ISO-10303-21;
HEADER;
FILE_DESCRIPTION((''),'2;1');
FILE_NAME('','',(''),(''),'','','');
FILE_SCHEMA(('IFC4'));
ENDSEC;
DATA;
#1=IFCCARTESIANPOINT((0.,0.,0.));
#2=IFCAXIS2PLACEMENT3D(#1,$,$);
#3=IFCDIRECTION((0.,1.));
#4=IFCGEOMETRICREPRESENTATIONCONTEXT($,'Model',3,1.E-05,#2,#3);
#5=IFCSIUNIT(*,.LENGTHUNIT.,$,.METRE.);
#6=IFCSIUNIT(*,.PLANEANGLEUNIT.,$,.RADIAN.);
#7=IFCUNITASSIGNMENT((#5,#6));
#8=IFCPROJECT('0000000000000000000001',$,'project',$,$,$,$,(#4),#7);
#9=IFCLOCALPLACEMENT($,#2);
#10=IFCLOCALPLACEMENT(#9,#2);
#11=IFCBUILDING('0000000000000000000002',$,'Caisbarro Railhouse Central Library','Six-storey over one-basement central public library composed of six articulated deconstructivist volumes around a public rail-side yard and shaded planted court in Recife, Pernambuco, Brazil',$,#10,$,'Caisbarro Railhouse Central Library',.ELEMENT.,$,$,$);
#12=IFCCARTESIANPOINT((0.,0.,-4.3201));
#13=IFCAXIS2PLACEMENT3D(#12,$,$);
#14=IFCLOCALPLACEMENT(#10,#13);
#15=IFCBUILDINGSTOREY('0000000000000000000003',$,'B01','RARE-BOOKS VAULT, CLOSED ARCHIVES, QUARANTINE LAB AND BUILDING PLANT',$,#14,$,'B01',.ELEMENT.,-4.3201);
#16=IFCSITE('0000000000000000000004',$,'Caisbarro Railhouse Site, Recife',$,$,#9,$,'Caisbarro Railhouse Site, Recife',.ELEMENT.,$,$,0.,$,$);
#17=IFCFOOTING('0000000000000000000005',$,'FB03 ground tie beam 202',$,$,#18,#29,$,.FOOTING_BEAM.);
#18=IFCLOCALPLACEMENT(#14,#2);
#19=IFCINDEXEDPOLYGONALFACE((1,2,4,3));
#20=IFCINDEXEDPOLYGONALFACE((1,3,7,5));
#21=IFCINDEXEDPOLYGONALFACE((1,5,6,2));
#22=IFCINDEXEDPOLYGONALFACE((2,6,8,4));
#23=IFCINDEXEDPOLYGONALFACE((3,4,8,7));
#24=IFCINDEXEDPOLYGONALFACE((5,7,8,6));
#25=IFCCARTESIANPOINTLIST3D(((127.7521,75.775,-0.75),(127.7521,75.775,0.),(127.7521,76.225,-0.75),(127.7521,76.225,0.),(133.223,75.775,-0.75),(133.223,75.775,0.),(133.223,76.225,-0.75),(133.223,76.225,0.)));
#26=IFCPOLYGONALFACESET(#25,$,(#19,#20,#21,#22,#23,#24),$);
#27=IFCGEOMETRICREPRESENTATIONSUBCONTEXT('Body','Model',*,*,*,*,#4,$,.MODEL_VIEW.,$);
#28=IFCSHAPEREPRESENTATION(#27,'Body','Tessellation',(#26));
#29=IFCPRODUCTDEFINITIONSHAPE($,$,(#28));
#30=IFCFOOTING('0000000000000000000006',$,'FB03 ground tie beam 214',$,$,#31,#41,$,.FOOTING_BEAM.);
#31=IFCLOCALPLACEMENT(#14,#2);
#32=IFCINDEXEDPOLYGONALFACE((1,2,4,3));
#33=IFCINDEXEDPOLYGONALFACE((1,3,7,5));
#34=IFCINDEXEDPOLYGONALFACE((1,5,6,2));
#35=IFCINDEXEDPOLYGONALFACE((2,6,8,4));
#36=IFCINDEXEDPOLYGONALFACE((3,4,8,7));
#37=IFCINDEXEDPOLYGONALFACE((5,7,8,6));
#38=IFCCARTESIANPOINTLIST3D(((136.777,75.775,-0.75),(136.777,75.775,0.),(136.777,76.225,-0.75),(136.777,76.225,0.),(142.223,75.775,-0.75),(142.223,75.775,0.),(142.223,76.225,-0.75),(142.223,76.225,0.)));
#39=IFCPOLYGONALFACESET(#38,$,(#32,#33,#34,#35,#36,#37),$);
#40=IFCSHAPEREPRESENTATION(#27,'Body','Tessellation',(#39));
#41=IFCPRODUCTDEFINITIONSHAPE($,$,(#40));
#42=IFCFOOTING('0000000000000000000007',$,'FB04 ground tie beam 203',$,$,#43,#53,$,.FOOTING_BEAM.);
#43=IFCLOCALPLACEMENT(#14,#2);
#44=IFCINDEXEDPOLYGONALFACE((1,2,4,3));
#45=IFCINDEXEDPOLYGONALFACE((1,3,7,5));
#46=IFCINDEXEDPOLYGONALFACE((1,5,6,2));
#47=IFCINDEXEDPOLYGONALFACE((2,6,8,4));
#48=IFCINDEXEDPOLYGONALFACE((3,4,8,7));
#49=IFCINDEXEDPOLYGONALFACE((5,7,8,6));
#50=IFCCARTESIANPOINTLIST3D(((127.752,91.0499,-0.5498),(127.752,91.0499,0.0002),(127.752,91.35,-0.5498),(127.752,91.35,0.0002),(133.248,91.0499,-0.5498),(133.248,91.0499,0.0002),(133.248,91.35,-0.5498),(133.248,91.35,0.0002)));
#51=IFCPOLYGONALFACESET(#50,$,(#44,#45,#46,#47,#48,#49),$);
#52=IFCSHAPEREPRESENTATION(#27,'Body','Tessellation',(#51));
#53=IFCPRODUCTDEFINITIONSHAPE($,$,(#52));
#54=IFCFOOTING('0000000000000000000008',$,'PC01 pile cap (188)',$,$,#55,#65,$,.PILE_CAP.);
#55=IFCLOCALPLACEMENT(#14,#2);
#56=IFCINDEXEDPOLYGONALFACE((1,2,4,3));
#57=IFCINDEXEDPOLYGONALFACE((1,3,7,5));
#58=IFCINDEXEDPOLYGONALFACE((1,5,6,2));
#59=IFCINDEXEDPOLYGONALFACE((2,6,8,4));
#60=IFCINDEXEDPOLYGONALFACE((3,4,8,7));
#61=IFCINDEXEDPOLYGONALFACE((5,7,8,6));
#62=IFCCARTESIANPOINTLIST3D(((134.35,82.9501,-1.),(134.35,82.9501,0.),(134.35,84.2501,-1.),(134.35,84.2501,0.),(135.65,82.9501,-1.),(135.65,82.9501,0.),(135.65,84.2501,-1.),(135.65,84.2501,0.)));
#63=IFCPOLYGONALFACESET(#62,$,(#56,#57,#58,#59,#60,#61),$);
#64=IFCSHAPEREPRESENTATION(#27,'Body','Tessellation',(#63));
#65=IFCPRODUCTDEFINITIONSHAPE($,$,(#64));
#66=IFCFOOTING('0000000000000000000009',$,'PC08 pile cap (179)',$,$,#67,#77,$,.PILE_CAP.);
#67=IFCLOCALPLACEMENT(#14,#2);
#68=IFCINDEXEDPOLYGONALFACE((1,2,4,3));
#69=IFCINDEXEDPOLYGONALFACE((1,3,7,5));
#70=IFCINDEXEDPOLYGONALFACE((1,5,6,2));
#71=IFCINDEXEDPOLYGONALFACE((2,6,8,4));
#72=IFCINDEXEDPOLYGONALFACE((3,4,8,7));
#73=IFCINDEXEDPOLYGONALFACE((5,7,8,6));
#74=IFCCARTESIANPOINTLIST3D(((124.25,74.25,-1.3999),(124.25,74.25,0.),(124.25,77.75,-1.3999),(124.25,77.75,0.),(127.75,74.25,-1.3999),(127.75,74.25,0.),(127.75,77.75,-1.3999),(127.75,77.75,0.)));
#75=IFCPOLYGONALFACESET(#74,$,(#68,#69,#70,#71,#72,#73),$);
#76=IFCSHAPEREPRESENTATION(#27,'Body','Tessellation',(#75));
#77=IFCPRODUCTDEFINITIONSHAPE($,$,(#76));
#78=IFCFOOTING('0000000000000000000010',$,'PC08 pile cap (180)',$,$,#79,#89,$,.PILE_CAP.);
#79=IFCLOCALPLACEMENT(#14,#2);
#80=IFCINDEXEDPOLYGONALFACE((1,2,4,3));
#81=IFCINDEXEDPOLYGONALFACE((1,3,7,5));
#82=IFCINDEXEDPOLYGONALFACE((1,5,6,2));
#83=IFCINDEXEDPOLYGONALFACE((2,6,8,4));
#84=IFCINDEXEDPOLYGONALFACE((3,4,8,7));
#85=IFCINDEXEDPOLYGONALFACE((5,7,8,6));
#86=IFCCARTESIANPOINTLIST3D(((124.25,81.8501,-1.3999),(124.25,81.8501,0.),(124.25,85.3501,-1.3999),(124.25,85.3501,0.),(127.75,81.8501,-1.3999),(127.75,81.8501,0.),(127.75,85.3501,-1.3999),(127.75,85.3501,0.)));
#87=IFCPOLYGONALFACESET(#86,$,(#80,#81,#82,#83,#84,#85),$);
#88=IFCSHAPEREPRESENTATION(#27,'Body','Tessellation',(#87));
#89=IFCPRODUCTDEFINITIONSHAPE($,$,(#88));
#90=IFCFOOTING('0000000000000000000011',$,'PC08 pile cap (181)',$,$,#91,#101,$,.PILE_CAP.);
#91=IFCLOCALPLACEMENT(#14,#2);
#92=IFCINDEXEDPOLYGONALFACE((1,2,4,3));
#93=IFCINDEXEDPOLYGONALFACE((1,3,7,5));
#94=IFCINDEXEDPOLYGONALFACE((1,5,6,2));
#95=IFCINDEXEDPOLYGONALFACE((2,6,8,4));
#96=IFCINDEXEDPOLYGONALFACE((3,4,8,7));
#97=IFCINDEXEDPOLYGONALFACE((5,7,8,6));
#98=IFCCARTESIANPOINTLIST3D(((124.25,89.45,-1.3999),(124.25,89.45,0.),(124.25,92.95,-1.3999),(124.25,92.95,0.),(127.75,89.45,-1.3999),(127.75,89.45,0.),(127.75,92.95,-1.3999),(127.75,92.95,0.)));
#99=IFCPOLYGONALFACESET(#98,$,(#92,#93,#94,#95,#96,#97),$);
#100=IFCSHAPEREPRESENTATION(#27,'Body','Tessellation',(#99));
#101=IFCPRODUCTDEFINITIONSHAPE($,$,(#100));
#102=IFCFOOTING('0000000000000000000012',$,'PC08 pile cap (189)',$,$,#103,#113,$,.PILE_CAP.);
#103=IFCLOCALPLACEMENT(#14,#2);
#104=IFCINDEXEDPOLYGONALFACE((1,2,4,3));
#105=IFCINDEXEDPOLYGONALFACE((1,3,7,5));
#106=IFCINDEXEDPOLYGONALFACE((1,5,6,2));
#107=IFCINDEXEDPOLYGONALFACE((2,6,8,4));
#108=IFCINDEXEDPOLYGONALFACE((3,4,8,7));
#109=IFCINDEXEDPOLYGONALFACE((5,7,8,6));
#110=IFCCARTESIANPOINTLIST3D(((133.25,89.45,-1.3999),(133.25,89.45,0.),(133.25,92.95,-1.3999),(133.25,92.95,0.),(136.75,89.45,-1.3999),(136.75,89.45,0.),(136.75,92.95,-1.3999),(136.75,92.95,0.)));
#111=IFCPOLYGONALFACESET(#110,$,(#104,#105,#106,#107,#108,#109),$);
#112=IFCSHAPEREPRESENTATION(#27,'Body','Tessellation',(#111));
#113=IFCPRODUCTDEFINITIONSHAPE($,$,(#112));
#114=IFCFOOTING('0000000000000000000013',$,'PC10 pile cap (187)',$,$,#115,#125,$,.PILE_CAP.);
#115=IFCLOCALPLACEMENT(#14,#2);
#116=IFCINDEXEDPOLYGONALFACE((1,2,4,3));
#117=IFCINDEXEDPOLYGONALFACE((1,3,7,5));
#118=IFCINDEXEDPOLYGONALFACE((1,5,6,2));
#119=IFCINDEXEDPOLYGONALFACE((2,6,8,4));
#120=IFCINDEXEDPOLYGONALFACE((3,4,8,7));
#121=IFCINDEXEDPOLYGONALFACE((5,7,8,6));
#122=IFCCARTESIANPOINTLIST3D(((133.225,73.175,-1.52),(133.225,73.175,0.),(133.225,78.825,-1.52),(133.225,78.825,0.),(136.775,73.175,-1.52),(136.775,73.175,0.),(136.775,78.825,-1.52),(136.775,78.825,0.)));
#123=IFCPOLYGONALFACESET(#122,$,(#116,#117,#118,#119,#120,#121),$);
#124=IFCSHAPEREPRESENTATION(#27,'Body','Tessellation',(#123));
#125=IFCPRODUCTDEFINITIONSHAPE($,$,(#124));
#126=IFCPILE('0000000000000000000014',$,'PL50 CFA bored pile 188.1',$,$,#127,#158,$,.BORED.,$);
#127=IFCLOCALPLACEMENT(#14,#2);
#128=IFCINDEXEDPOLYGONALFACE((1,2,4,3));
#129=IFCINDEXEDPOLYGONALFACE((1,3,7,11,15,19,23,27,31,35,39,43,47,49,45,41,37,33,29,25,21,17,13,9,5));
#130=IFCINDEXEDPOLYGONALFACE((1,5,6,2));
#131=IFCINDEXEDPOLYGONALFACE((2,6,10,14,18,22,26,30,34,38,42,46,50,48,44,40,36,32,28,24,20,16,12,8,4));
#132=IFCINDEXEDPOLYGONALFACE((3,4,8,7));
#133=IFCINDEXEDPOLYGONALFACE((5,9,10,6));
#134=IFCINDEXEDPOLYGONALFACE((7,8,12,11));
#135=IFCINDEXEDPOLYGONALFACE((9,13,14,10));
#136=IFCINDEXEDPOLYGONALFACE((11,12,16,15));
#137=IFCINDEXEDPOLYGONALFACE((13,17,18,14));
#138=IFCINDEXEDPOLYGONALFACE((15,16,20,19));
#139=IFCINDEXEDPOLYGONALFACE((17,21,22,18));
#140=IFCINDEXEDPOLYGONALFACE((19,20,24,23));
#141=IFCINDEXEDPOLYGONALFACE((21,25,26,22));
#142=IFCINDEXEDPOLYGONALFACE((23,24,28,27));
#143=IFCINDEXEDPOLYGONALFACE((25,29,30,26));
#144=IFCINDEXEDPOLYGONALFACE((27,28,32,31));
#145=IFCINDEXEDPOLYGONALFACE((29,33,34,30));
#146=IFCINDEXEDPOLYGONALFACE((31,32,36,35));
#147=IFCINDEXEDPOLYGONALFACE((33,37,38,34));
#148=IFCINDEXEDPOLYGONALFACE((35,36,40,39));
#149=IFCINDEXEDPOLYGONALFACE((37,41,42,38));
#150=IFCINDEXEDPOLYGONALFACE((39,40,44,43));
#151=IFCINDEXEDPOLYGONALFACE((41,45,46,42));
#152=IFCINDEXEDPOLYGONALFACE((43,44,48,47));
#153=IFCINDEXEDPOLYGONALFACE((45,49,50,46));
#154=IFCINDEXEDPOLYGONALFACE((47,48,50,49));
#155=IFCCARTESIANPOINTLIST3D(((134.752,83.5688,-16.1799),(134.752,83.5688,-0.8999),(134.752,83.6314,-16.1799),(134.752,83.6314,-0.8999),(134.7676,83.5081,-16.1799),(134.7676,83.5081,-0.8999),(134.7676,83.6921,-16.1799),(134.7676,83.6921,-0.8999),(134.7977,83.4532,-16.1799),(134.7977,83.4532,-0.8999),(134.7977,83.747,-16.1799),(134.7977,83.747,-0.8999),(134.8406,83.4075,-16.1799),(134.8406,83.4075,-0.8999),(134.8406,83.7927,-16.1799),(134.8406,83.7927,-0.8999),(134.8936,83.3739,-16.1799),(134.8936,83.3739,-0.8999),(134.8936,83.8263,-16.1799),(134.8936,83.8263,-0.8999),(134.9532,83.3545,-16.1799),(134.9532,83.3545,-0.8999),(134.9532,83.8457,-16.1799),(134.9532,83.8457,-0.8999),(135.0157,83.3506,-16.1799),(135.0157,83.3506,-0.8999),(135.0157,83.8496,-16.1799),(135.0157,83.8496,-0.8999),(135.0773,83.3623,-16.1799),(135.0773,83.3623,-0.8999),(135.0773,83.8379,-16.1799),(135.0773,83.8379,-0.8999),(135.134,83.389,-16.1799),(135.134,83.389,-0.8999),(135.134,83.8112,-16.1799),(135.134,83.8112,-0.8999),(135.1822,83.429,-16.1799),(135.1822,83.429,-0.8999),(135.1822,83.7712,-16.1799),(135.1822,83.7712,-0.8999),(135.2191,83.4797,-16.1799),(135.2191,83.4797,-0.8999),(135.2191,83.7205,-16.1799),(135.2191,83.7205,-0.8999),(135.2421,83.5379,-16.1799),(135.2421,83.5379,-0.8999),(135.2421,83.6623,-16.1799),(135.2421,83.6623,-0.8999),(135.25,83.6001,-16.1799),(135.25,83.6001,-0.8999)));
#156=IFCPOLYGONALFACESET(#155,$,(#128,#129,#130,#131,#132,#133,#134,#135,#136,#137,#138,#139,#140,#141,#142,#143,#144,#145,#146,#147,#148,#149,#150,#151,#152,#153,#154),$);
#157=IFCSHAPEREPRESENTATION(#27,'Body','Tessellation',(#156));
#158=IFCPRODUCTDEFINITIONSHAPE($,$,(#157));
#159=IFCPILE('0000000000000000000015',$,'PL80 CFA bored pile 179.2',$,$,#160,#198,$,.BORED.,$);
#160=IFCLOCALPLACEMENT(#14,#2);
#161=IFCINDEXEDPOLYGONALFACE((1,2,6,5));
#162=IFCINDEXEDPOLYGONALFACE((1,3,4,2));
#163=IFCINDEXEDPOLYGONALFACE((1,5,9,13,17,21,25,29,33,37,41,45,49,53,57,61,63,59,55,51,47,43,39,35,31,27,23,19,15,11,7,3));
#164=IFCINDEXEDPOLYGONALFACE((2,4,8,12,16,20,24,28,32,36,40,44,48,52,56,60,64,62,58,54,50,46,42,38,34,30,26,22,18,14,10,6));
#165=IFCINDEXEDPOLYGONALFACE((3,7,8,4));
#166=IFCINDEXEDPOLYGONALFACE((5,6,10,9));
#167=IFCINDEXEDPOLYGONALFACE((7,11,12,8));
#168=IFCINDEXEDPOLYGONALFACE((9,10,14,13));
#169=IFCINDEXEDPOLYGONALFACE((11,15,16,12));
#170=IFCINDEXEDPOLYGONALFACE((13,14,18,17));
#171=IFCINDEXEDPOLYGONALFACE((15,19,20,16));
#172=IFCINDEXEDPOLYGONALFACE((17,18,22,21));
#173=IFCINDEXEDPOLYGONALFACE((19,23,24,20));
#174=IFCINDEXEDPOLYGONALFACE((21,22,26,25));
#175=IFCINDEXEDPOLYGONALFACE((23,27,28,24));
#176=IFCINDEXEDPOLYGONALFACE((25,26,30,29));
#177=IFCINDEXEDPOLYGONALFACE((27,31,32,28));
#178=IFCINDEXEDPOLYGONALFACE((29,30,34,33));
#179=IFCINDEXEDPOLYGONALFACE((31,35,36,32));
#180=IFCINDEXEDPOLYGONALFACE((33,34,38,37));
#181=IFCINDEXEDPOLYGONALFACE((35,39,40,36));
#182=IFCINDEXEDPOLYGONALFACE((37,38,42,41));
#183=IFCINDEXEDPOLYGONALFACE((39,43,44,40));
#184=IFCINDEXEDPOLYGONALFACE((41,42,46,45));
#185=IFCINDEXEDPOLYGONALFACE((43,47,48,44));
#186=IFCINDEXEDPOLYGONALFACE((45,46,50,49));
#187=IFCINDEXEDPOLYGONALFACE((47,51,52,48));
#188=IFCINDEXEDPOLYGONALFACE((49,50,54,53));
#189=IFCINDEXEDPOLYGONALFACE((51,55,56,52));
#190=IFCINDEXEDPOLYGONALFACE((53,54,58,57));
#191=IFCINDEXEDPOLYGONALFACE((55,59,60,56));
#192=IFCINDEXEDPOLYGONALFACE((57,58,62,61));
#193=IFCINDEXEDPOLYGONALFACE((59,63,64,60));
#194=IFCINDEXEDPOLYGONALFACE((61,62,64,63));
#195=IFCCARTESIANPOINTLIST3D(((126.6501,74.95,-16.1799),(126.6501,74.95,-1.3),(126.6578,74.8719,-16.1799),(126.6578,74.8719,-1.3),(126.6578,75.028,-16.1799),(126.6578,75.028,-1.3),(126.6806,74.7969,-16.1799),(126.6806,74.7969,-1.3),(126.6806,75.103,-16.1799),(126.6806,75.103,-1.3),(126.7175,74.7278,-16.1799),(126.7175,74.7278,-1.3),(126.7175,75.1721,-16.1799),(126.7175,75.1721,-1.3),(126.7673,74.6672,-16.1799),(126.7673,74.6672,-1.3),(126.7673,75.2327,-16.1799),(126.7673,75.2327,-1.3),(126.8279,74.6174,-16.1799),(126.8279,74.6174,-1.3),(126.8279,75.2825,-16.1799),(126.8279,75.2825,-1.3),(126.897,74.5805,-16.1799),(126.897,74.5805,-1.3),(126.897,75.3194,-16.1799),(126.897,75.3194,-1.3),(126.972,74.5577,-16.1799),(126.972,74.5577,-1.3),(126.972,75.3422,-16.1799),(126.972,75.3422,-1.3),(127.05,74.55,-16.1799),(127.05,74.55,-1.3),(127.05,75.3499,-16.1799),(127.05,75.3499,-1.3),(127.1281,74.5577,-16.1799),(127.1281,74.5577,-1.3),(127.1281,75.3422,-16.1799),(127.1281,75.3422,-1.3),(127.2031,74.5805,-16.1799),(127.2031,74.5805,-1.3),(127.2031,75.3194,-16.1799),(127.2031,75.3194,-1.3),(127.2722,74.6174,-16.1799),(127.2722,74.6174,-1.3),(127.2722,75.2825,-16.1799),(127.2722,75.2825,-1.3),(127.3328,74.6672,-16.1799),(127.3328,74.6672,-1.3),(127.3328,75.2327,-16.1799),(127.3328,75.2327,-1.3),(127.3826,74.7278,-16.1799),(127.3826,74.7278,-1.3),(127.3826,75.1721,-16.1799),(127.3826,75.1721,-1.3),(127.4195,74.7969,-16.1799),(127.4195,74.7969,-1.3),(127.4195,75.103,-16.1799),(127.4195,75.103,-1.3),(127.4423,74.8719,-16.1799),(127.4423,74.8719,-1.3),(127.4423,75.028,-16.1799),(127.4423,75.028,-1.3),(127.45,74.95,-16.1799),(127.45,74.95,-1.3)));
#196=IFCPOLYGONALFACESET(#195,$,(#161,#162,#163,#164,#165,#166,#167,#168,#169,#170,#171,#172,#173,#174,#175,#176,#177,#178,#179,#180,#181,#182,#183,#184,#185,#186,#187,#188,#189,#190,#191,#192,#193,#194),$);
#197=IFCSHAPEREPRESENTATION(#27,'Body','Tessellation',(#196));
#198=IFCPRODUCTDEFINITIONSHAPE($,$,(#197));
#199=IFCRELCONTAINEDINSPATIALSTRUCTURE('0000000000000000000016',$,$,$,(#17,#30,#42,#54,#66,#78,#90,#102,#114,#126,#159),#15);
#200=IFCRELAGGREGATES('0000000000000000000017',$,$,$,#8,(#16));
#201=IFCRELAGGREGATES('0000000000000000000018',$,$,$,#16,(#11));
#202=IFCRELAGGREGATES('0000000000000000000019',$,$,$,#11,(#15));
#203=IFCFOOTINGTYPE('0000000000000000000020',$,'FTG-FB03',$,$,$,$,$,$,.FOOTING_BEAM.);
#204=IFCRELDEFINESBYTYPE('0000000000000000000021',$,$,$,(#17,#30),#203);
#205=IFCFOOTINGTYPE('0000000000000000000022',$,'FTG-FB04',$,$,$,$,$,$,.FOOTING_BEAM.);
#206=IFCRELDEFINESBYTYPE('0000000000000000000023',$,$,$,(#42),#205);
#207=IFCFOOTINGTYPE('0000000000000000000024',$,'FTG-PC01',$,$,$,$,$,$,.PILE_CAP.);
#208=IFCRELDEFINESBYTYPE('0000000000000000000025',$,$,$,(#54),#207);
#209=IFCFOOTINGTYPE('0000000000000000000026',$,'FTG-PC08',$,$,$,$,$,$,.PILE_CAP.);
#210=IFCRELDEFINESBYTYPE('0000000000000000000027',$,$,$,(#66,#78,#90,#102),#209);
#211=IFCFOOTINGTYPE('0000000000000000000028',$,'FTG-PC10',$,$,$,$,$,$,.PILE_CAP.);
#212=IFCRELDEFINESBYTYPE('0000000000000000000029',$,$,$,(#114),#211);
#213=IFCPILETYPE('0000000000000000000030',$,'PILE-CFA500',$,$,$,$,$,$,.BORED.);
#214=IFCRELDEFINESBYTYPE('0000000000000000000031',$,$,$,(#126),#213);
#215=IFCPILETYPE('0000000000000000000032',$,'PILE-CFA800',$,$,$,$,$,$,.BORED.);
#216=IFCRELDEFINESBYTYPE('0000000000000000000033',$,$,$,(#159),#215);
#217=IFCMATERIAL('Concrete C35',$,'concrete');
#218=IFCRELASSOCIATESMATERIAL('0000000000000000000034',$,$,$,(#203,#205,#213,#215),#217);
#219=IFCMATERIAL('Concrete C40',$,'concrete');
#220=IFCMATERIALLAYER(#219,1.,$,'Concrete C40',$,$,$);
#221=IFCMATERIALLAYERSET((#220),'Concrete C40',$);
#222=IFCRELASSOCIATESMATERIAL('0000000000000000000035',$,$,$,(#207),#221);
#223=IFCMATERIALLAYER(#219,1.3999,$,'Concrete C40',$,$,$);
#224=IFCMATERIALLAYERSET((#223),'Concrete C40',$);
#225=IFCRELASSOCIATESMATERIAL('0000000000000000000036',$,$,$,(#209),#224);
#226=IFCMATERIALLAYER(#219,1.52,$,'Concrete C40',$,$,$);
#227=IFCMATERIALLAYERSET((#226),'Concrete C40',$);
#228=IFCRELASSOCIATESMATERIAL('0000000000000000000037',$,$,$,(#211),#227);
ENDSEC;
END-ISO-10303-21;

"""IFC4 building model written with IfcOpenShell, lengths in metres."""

from ifc_helpers import new_model, si_unit, direction, frame, origin, origin_2d, place, context, subcontext, project, spatial, rectangle, circle, extrude, material, layer, layer_set, material_profile, profile_set, type_object, element, save


model = new_model("IFC4")

# Units and contexts
model_context = context("Model", 3, precision=1e-05, world=origin(), true_north=direction((0.0, 1.0)))
body_context = subcontext(model_context, "Body", "Model", "MODEL_VIEW")
ifc_project = project(units=[si_unit("LENGTHUNIT", "METRE"), si_unit("PLANEANGLEUNIT", "RADIAN")], contexts=[model_context])

# Site, building, storey
site_placement = place(None, origin())
site = spatial("IfcSite", under=ifc_project, at=site_placement, Name="Caisbarro Railhouse Site, Recife", LongName="Caisbarro Railhouse Site, Recife", CompositionType="ELEMENT", RefElevation=0.0)
building_placement = place(site_placement, origin())
building = spatial("IfcBuilding", under=site, at=building_placement, Name="Caisbarro Railhouse Central Library", Description="Six-storey over one-basement central public library composed of six articulated deconstructivist volumes around a public rail-side yard and shaded planted court in Recife, Pernambuco, Brazil", LongName="Caisbarro Railhouse Central Library", CompositionType="ELEMENT")
storey_placement = place(building_placement, frame((0.0, 0.0, -4.3201)))
storey = spatial("IfcBuildingStorey", under=building, at=storey_placement, Name="B01", Description="RARE-BOOKS VAULT, CLOSED ARCHIVES, QUARANTINE LAB AND BUILDING PLANT", LongName="B01", CompositionType="ELEMENT", Elevation=-4.3201)

# Footings
ifc_material_1 = material(Name="Concrete C35", Category="concrete")
footing_type_1 = type_object("IfcFootingType", Name="FTG-FB03", PredefinedType="FOOTING_BEAM", material=ifc_material_1)
footing_1_placement = place(storey_placement, frame((130.4875, 76.0, -0.75), z_axis=(0.0, 0.0, 1.0), x_axis=(1.0, 0.0, 0.0)))
element("IfcFooting", 1, at=footing_1_placement, inside=storey, type_object=footing_type_1, Name="FB03 ground tie beam 202", PredefinedType="FOOTING_BEAM", context=body_context, shape_type="SweptSolid", body=[
    extrude(rectangle(XDim=5.4709, YDim=0.45, at=origin_2d()), origin(), (0.0, 0.0, 1.0), 0.75),
])
footing_2_placement = place(storey_placement, frame((139.5, 76.0, -0.75), z_axis=(0.0, 0.0, 1.0), x_axis=(1.0, 0.0, 0.0)))
element("IfcFooting", 2, at=footing_2_placement, inside=storey, type_object=footing_type_1, Name="FB03 ground tie beam 214", PredefinedType="FOOTING_BEAM", context=body_context, shape_type="SweptSolid", body=[
    extrude(rectangle(XDim=5.446, YDim=0.45, at=origin_2d()), origin(), (0.0, 0.0, 1.0), 0.75),
])
footing_type_2 = type_object("IfcFootingType", Name="FTG-FB04", PredefinedType="FOOTING_BEAM", material=ifc_material_1)
footing_3_placement = place(storey_placement, frame((130.5, 91.2, -0.5498), z_axis=(0.0, 0.0, 1.0), x_axis=(1.0, 0.0, 0.0)))
element("IfcFooting", 3, at=footing_3_placement, inside=storey, type_object=footing_type_2, Name="FB04 ground tie beam 203", PredefinedType="FOOTING_BEAM", context=body_context, shape_type="SweptSolid", body=[
    extrude(rectangle(XDim=5.4961, YDim=0.3, at=origin_2d()), origin(), (0.0, 0.0, 1.0), 0.55),
])
ifc_material_2 = material(Name="Concrete C40", Category="concrete")
ifc_layer_1 = layer(ifc_material_2, 1.0, Name="Concrete C40")
ifc_layer_set_1 = layer_set([ifc_layer_1], Name="Concrete C40")
footing_type_3 = type_object("IfcFootingType", Name="FTG-PC01", PredefinedType="PILE_CAP", material=ifc_layer_set_1)
footing_4_placement = place(storey_placement, frame((135.0, 83.6001, -1.0), z_axis=(0.0, 0.0, 1.0), x_axis=(1.0, 0.0, 0.0)))
element("IfcFooting", 4, at=footing_4_placement, inside=storey, type_object=footing_type_3, Name="PC01 pile cap (188)", PredefinedType="PILE_CAP", context=body_context, shape_type="SweptSolid", body=[
    extrude(rectangle(XDim=1.3, YDim=1.3, at=origin_2d()), origin(), (0.0, 0.0, 1.0), 1.0),
])
ifc_layer_2 = layer(ifc_material_2, 1.3999, Name="Concrete C40")
ifc_layer_set_2 = layer_set([ifc_layer_2], Name="Concrete C40")
footing_type_4 = type_object("IfcFootingType", Name="FTG-PC08", PredefinedType="PILE_CAP", material=ifc_layer_set_2)
for number, where, z_axis, x_axis, name in (
    (5, (126.0, 76.0, -1.3999), (0.0, 0.0, 1.0), (1.0, 0.0, 0.0), "PC08 pile cap (179)"),
    (6, (126.0, 83.6001, -1.3999), (0.0, 0.0, 1.0), (1.0, 0.0, 0.0), "PC08 pile cap (180)"),
    (7, (126.0, 91.2, -1.3999), (0.0, 0.0, 1.0), (1.0, 0.0, 0.0), "PC08 pile cap (181)"),
    (8, (135.0, 91.2, -1.3999), (0.0, 0.0, 1.0), (1.0, 0.0, 0.0), "PC08 pile cap (189)"),
):
    element("IfcFooting", number, at=place(storey_placement, frame(where, z_axis=z_axis, x_axis=x_axis)), inside=storey, type_object=footing_type_4, Name=name, PredefinedType="PILE_CAP", context=body_context, shape_type="SweptSolid", body=[
        extrude(rectangle(XDim=3.5, YDim=3.5, at=origin_2d()), origin(), (0.0, 0.0, 1.0), 1.3999),
    ])
ifc_layer_3 = layer(ifc_material_2, 1.52, Name="Concrete C40")
ifc_layer_set_3 = layer_set([ifc_layer_3], Name="Concrete C40")
footing_type_5 = type_object("IfcFootingType", Name="FTG-PC10", PredefinedType="PILE_CAP", material=ifc_layer_set_3)
footing_5_placement = place(storey_placement, frame((135.0, 76.0, -1.52), z_axis=(0.0, 0.0, 1.0), x_axis=(1.0, 0.0, 0.0)))
element("IfcFooting", 9, at=footing_5_placement, inside=storey, type_object=footing_type_5, Name="PC10 pile cap (187)", PredefinedType="PILE_CAP", context=body_context, shape_type="SweptSolid", body=[
    extrude(rectangle(XDim=3.55, YDim=5.6499, at=origin_2d()), origin(), (0.0, 0.0, 1.0), 1.52),
])

# Piles
ifc_material_profile_1 = material_profile(ifc_material_1, circle(Radius=0.25, at=origin_2d()), Name="PILE-CFA-500")
ifc_profile_set_1 = profile_set([ifc_material_profile_1], Name="Concrete C35")
pile_type_1 = type_object("IfcPileType", Name="PILE-CFA500", PredefinedType="BORED", material=ifc_profile_set_1)
pile_1_placement = place(storey_placement, frame((135.0, 83.6001, -0.8999), z_axis=(0.0, 0.0, -1.0), x_axis=(1.0, 0.0, 0.0)))
element("IfcPile", 10, at=pile_1_placement, inside=storey, type_object=pile_type_1, Name="PL50 CFA bored pile 188.1", PredefinedType="BORED", context=body_context, shape_type="SweptSolid", body=[
    extrude(circle(Radius=0.25, at=origin_2d()), origin(), (0.0, 0.0, 1.0), 15.28),
])
ifc_material_profile_2 = material_profile(ifc_material_1, circle(Radius=0.3999, at=origin_2d()), Name="PILE-CFA-800")
ifc_profile_set_2 = profile_set([ifc_material_profile_2], Name="Concrete C35")
pile_type_2 = type_object("IfcPileType", Name="PILE-CFA800", PredefinedType="BORED", material=ifc_profile_set_2)
for number, where, z_axis, x_axis, name in (
    (11, (127.05, 74.95, -1.3), (0.0, 0.0, -1.0), (1.0, 0.0, 0.0), "PL80 CFA bored pile 179.2"),
):
    element("IfcPile", number, at=place(storey_placement, frame(where, z_axis=z_axis, x_axis=x_axis)), inside=storey, type_object=pile_type_2, Name=name, PredefinedType="BORED", context=body_context, shape_type="SweptSolid", body=[
        extrude(circle(Radius=0.3999, at=origin_2d()), origin(), (0.0, 0.0, 1.0), 14.8799),
    ])

save(model, "model.ifc")
